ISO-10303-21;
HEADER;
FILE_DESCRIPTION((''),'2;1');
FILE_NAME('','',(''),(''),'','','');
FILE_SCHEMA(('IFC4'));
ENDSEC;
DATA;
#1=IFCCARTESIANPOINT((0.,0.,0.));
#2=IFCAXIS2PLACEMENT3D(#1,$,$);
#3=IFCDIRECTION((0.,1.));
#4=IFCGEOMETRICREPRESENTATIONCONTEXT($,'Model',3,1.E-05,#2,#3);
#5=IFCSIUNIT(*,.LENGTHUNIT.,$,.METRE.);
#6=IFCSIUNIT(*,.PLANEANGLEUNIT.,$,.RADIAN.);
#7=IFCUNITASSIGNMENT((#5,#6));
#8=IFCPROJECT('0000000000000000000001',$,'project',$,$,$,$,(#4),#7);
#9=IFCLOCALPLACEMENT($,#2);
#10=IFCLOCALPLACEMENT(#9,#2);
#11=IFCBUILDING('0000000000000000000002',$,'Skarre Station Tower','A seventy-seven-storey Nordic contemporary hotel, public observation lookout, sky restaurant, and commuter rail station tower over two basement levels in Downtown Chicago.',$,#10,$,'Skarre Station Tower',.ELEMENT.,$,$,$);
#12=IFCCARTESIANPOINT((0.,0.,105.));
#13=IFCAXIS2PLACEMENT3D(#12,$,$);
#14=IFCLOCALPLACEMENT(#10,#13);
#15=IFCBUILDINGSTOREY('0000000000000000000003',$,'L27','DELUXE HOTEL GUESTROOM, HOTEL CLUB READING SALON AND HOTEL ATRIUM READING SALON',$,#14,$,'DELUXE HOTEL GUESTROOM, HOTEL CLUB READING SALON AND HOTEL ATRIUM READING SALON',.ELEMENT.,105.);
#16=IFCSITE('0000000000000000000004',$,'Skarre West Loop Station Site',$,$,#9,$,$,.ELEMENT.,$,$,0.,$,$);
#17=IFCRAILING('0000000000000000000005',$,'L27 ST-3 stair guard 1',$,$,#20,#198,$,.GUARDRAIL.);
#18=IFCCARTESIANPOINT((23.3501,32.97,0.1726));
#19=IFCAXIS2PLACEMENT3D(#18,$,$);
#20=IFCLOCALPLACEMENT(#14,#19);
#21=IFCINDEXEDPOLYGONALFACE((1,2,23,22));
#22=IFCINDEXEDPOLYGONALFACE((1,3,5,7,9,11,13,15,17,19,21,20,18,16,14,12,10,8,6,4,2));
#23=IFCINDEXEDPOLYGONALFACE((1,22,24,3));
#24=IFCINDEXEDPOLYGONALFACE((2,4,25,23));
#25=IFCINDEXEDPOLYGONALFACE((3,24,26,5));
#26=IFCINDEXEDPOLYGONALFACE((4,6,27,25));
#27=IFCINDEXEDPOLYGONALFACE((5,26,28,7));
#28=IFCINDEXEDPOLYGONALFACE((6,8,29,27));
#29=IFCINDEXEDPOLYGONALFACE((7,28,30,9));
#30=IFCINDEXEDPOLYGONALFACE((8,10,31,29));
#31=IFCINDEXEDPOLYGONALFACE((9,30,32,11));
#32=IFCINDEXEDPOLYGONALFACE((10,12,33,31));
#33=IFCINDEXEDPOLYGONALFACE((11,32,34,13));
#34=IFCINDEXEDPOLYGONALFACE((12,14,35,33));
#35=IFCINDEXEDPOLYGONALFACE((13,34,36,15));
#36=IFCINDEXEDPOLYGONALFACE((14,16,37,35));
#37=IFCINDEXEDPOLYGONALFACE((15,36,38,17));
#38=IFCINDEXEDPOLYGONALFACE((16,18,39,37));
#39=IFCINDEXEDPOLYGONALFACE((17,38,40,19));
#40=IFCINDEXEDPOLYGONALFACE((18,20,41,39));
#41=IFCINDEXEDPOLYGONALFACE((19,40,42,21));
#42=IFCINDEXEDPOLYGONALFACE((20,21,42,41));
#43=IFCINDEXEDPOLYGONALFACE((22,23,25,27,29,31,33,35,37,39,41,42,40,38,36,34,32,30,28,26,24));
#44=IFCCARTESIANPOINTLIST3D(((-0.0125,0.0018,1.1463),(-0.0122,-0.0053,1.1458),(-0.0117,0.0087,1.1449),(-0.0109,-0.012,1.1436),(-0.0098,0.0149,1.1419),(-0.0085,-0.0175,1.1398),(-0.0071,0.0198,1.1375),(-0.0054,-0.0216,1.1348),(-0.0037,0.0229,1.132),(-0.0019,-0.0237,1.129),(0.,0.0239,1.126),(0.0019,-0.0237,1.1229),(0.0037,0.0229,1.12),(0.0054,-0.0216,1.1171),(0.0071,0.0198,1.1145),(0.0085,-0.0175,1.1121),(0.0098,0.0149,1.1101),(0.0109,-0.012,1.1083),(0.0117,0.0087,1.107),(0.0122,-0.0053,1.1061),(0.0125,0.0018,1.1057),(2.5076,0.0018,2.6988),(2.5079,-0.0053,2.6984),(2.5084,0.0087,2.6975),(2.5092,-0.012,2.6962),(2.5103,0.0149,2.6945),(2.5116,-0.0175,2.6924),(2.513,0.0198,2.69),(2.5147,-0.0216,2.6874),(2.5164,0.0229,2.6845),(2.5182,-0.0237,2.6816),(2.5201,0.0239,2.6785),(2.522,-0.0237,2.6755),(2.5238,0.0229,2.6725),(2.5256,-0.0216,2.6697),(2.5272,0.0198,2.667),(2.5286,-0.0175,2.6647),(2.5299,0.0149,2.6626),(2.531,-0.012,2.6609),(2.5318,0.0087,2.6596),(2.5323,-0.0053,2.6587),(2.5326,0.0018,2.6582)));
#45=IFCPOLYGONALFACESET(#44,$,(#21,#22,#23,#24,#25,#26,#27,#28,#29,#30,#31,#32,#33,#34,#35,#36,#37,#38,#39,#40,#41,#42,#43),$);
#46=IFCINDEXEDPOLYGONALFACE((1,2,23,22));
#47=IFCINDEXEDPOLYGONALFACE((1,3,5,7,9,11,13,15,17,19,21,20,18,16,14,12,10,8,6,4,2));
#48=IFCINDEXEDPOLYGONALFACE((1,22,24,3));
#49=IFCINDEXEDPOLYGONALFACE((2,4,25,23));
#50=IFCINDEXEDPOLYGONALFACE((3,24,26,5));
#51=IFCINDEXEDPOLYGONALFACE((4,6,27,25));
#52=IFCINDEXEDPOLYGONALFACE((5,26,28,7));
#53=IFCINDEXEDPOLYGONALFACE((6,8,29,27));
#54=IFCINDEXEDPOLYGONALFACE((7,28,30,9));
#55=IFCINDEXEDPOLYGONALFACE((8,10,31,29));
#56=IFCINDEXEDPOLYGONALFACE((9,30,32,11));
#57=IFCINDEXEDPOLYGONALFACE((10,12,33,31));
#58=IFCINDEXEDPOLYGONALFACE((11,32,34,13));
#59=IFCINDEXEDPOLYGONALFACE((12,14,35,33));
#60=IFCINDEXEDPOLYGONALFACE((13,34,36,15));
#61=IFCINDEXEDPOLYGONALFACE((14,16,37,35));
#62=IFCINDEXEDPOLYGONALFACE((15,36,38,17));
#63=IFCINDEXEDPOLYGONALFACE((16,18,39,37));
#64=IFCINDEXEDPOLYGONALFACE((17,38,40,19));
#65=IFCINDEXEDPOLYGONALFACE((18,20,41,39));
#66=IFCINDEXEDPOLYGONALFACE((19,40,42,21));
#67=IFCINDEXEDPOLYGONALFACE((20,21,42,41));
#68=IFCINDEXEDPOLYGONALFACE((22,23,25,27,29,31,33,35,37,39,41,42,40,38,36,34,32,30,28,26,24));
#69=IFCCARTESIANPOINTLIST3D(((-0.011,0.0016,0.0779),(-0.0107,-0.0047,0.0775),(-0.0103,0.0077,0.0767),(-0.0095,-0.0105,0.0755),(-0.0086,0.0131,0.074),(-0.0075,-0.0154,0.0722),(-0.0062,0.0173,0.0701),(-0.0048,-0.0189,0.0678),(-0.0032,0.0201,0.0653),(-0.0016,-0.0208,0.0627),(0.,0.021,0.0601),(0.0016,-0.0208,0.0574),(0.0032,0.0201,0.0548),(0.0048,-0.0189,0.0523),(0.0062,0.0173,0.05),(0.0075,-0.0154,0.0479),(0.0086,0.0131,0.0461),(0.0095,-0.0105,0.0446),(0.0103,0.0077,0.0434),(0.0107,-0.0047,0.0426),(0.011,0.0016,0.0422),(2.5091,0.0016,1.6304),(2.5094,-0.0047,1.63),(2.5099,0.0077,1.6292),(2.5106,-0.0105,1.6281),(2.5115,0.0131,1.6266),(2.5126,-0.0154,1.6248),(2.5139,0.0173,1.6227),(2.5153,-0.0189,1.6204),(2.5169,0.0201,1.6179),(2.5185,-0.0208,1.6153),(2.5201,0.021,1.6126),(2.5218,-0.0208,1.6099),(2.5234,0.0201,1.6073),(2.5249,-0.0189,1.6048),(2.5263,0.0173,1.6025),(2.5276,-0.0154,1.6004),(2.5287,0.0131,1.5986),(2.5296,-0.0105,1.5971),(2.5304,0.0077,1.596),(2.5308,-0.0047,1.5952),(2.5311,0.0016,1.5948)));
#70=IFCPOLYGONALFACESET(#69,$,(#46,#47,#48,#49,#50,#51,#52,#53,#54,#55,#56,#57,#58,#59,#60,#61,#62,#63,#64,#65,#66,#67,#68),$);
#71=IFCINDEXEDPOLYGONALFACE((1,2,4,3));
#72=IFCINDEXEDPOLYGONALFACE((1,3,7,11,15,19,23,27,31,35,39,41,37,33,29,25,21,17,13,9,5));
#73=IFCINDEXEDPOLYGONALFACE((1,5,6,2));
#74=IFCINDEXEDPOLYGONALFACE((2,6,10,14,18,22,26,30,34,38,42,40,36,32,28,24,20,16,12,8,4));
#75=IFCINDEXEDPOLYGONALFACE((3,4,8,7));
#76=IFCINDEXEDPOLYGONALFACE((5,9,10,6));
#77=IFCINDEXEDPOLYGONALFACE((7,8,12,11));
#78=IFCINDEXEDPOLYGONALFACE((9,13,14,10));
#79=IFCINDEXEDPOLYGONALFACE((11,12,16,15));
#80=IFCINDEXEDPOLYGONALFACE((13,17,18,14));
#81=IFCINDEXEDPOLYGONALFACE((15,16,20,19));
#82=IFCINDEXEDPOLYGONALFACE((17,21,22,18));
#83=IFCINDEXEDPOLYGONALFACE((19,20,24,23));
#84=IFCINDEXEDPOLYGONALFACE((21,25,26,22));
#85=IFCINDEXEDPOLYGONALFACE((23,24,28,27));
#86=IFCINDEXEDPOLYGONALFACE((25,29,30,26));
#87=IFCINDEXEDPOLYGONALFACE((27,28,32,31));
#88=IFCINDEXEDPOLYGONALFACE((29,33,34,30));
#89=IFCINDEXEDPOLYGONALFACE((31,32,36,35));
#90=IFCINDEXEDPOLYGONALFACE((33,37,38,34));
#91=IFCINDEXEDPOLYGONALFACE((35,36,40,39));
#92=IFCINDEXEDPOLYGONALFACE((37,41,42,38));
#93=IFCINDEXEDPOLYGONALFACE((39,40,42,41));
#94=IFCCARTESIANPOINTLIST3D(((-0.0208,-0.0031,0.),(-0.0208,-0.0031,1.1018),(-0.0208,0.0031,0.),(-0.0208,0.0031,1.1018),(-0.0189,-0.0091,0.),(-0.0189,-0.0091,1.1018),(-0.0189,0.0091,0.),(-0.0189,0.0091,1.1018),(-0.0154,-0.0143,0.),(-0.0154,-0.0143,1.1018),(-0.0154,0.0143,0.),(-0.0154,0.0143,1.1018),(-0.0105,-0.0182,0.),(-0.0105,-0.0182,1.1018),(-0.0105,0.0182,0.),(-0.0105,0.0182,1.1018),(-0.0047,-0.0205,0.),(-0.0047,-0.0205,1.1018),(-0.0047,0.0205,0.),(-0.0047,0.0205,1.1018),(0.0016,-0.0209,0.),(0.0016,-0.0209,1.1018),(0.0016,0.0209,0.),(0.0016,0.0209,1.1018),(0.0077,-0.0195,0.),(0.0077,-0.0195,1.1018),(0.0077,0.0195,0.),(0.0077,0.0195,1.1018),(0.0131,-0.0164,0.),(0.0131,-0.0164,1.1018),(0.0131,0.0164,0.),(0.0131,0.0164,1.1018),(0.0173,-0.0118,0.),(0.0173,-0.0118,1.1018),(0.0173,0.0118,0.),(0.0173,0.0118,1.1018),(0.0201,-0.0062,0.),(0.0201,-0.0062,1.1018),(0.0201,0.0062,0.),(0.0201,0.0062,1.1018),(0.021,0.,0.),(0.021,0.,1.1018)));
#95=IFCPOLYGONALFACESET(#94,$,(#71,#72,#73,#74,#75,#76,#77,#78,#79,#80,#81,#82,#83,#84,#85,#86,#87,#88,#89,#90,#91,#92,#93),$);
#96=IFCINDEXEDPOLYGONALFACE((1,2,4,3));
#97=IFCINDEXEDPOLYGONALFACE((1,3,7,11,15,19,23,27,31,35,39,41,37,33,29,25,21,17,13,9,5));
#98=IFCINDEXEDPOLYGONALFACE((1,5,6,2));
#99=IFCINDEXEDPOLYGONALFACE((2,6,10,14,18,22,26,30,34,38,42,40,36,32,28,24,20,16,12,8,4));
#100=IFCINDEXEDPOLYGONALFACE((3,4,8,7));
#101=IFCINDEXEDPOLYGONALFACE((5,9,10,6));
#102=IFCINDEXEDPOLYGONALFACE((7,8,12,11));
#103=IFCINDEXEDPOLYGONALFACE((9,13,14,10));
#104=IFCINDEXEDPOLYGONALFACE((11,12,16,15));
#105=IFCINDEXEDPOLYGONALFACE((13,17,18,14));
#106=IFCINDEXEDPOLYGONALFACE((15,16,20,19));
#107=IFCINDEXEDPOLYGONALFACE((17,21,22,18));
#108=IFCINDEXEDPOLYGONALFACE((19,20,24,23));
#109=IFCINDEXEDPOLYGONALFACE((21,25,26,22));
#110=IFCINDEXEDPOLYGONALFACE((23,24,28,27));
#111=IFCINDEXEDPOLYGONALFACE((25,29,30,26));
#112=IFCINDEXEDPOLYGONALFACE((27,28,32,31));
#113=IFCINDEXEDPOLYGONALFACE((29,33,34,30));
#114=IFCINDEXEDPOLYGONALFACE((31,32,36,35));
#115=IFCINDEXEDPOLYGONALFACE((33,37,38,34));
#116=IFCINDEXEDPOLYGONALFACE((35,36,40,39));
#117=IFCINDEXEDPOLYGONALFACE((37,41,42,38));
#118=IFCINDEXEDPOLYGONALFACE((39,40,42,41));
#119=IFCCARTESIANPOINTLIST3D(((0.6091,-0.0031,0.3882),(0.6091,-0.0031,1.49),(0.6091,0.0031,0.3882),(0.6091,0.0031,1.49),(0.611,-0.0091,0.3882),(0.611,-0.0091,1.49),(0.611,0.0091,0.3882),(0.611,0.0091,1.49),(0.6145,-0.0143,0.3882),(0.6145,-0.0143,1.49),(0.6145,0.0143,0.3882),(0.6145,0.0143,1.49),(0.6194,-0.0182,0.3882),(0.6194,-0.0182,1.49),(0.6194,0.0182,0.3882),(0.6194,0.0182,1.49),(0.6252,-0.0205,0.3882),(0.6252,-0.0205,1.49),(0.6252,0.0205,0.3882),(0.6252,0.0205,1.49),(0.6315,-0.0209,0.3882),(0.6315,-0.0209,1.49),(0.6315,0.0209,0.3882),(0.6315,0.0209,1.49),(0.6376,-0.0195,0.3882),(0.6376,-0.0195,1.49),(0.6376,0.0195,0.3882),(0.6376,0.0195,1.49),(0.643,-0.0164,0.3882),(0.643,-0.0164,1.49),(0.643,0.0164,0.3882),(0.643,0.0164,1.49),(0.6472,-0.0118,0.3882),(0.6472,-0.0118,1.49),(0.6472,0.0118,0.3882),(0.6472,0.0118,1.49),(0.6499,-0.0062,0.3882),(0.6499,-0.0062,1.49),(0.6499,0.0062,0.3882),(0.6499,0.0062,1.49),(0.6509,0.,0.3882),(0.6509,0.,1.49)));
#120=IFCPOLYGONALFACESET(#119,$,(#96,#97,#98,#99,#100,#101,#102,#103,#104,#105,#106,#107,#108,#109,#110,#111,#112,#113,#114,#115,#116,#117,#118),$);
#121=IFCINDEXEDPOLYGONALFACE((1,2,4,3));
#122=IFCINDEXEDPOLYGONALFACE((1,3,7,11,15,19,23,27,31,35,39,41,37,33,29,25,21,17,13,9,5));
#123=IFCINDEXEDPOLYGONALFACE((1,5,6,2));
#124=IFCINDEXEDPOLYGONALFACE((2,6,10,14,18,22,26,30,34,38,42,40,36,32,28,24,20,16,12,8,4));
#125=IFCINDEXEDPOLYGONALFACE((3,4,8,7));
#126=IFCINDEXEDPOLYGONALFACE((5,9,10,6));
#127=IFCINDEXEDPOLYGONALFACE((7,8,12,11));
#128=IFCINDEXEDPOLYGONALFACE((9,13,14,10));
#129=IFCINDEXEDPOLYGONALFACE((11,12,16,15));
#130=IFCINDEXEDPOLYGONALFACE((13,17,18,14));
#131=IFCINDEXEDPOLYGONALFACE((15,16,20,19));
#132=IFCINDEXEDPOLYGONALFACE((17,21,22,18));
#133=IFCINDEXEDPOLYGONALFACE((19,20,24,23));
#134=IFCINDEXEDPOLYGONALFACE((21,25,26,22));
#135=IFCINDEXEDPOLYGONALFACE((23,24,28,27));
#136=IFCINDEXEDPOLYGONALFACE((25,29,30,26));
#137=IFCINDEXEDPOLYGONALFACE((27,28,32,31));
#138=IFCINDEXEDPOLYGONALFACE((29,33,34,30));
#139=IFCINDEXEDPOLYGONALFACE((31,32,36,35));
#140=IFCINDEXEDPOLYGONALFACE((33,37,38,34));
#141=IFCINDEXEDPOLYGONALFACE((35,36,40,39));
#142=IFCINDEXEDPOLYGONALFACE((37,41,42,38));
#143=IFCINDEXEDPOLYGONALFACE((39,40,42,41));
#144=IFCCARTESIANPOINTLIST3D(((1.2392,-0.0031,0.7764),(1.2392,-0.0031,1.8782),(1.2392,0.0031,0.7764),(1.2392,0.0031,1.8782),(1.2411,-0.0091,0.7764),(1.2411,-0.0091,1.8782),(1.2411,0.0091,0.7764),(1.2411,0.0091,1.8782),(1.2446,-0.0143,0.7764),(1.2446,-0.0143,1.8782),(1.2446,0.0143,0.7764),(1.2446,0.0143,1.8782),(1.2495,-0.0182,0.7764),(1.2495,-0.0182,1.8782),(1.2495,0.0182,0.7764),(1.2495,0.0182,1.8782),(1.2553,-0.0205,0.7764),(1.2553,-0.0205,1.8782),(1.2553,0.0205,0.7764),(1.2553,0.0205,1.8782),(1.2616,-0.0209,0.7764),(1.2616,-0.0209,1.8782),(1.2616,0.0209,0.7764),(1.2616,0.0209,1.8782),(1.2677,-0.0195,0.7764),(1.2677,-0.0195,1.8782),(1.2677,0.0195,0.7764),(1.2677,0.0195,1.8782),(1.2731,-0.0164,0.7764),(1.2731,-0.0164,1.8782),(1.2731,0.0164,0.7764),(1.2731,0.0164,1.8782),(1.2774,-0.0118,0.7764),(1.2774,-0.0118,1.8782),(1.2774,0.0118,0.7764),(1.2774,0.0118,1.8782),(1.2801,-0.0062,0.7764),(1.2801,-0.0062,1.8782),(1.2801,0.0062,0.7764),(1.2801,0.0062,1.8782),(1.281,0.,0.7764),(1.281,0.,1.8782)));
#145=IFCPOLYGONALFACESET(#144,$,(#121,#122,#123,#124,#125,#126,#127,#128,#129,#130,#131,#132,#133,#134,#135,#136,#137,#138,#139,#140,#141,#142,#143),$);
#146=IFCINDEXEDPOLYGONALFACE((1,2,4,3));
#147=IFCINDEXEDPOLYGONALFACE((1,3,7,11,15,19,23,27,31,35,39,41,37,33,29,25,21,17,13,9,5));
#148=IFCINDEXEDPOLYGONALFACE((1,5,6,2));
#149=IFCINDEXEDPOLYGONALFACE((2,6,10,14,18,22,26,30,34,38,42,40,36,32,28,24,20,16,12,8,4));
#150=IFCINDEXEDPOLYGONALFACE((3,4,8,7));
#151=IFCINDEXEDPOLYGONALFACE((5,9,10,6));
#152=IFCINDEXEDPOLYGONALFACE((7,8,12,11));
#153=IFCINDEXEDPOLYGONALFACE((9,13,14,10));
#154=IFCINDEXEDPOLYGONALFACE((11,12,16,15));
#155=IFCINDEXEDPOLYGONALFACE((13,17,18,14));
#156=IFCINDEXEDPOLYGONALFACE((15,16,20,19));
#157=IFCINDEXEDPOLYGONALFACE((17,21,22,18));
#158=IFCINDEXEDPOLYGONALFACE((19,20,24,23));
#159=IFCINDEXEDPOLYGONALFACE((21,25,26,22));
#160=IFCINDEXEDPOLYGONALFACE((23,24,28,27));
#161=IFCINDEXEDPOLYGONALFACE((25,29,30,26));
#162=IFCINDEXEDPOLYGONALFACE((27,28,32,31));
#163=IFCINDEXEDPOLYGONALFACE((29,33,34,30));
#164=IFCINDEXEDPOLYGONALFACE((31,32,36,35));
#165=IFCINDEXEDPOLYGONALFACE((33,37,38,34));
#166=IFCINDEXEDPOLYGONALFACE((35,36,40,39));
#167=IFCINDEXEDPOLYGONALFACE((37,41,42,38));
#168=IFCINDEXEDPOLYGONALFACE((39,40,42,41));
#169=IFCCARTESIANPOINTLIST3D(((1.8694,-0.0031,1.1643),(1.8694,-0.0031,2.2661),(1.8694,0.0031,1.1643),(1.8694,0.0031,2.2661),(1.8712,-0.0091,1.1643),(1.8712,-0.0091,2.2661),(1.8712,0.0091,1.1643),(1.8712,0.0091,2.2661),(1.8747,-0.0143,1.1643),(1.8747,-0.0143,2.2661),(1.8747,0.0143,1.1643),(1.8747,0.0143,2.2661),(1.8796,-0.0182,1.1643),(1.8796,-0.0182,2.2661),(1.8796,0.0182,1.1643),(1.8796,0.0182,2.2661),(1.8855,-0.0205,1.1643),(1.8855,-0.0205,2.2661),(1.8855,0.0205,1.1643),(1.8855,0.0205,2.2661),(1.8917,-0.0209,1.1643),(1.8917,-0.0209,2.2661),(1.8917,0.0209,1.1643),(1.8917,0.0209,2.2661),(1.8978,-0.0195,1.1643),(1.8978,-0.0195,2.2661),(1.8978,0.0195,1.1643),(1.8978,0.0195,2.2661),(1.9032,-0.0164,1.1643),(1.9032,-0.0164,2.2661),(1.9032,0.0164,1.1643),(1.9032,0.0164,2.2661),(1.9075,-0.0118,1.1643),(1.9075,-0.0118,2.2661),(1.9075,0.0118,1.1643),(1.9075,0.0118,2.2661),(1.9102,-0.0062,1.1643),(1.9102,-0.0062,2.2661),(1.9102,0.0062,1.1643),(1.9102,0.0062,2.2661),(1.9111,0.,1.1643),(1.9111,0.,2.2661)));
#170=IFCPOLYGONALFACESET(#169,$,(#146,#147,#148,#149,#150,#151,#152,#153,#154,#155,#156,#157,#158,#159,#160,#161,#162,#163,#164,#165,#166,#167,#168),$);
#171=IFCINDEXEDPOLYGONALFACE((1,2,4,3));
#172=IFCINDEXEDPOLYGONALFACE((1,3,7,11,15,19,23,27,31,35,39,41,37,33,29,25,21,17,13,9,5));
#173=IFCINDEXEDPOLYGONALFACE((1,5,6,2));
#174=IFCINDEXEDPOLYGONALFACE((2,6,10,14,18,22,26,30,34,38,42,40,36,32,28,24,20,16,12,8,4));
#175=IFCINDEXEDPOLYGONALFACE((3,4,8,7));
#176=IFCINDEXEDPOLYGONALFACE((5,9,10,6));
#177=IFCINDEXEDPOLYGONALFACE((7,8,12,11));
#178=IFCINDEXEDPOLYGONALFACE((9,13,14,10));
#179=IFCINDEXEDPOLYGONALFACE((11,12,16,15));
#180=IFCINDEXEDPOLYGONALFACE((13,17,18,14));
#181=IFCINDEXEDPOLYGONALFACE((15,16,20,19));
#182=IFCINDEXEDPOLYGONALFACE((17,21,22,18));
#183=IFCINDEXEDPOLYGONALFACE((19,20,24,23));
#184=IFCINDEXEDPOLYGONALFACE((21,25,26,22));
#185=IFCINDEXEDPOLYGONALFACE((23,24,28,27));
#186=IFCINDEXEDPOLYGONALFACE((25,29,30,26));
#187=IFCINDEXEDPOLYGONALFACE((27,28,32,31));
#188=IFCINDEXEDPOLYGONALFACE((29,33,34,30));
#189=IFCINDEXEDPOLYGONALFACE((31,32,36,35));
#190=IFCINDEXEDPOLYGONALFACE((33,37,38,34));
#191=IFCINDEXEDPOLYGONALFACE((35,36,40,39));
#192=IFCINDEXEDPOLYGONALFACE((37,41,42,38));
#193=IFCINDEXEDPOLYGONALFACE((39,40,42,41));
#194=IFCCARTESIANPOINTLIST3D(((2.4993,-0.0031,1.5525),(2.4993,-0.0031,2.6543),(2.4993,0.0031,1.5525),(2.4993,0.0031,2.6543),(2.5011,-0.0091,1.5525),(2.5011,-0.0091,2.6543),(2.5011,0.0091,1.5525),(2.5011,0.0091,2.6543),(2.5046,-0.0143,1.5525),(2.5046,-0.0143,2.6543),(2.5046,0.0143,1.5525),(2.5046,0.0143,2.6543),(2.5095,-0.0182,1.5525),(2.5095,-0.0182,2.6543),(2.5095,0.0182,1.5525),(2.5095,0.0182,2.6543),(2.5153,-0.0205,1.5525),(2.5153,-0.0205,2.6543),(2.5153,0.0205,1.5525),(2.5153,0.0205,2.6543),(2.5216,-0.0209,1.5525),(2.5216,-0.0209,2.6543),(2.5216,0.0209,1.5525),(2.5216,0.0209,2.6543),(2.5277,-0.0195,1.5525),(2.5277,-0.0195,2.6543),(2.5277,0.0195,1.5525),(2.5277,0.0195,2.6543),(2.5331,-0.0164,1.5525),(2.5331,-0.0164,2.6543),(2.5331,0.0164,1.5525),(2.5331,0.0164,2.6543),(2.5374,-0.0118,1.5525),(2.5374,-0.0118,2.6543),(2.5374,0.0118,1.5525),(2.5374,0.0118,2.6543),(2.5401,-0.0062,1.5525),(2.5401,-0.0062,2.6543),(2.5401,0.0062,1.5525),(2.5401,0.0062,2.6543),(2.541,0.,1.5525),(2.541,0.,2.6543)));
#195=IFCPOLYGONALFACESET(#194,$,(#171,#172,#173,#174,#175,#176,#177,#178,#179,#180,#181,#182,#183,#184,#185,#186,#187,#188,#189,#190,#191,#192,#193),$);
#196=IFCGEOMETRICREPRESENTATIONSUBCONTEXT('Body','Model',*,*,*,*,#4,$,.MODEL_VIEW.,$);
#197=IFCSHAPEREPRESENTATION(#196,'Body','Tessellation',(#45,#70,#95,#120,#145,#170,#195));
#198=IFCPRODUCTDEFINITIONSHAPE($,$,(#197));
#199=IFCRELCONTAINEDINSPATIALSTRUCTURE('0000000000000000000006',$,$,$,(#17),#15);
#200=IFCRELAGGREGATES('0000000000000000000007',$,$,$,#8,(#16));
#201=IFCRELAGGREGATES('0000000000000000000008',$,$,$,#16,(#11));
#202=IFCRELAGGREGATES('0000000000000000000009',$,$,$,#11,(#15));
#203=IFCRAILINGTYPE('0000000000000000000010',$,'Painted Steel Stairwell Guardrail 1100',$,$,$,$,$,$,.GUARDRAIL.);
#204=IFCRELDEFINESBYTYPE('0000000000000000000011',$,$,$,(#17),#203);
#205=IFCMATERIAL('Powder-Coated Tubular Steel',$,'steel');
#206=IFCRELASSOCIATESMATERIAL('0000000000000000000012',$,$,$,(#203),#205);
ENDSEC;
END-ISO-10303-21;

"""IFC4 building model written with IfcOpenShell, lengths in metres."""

from ifc_helpers import new_model, si_unit, direction, frame, origin, origin_2d, place, context, subcontext, project, spatial, circle, extrude, material, type_object, element, save


model = new_model("IFC4")

# Units and contexts
model_context = context("Model", 3, precision=1e-05, world=origin(), true_north=direction((0.0, 1.0)))
body_context = subcontext(model_context, "Body", "Model", "MODEL_VIEW")
ifc_project = project(units=[si_unit("LENGTHUNIT", "METRE"), si_unit("PLANEANGLEUNIT", "RADIAN")], contexts=[model_context])

# Site, building, storey
site_placement = place(None, origin())
site = spatial("IfcSite", under=ifc_project, at=site_placement, Name="Skarre West Loop Station Site", CompositionType="ELEMENT", RefElevation=0.0)
building_placement = place(site_placement, origin())
building = spatial("IfcBuilding", under=site, at=building_placement, Name="Skarre Station Tower", Description="A seventy-seven-storey Nordic contemporary hotel, public observation lookout, sky restaurant, and commuter rail station tower over two basement levels in Downtown Chicago.", LongName="Skarre Station Tower", CompositionType="ELEMENT")
storey_placement = place(building_placement, frame((0.0, 0.0, 105.0)))
storey = spatial("IfcBuildingStorey", under=building, at=storey_placement, Name="L27", Description="DELUXE HOTEL GUESTROOM, HOTEL CLUB READING SALON AND HOTEL ATRIUM READING SALON", LongName="DELUXE HOTEL GUESTROOM, HOTEL CLUB READING SALON AND HOTEL ATRIUM READING SALON", CompositionType="ELEMENT", Elevation=105.0)

# Railing
ifc_material_1 = material(Name="Powder-Coated Tubular Steel", Category="steel")
railing_type_1 = type_object("IfcRailingType", Name="Painted Steel Stairwell Guardrail 1100", PredefinedType="GUARDRAIL", material=ifc_material_1)
railing_1_placement = place(storey_placement, frame((23.3501, 32.97, 0.1726)))
element("IfcRailing", 1, at=railing_1_placement, inside=storey, type_object=railing_type_1, Name="L27 ST-3 stair guard 1", PredefinedType="GUARDRAIL", context=body_context, shape_type="SweptSolid", body=[
    extrude(circle(Radius=0.0239, at=origin_2d()), frame((0.0, 0.0, 1.126), z_axis=(0.8514, 0.0, 0.524516), x_axis=(0.0, 1.0, 0.0)), (0.0, 0.0, 1.0), 2.96),
    extrude(circle(Radius=0.021, at=origin_2d()), frame((0.0, 0.0, 0.0601), z_axis=(0.8514, 0.0, 0.524516), x_axis=(0.0, 1.0, 0.0)), (0.0, 0.0, 1.0), 2.96),
    extrude(circle(Radius=0.021, at=origin_2d()), origin(), (0.0, 0.0, 1.0), 1.1018),
    extrude(circle(Radius=0.021, at=origin_2d()), frame((0.6299, 0.0, 0.3882)), (0.0, 0.0, 1.0), 1.1018),
    extrude(circle(Radius=0.021, at=origin_2d()), frame((1.26, 0.0, 0.7764)), (0.0, 0.0, 1.0), 1.1018),
    extrude(circle(Radius=0.021, at=origin_2d()), frame((1.8901, 0.0, 1.1643)), (0.0, 0.0, 1.0), 1.1018),
    extrude(circle(Radius=0.021, at=origin_2d()), frame((2.52, 0.0, 1.5525)), (0.0, 0.0, 1.0), 1.1018),
])

save(model, "model.ifc")
